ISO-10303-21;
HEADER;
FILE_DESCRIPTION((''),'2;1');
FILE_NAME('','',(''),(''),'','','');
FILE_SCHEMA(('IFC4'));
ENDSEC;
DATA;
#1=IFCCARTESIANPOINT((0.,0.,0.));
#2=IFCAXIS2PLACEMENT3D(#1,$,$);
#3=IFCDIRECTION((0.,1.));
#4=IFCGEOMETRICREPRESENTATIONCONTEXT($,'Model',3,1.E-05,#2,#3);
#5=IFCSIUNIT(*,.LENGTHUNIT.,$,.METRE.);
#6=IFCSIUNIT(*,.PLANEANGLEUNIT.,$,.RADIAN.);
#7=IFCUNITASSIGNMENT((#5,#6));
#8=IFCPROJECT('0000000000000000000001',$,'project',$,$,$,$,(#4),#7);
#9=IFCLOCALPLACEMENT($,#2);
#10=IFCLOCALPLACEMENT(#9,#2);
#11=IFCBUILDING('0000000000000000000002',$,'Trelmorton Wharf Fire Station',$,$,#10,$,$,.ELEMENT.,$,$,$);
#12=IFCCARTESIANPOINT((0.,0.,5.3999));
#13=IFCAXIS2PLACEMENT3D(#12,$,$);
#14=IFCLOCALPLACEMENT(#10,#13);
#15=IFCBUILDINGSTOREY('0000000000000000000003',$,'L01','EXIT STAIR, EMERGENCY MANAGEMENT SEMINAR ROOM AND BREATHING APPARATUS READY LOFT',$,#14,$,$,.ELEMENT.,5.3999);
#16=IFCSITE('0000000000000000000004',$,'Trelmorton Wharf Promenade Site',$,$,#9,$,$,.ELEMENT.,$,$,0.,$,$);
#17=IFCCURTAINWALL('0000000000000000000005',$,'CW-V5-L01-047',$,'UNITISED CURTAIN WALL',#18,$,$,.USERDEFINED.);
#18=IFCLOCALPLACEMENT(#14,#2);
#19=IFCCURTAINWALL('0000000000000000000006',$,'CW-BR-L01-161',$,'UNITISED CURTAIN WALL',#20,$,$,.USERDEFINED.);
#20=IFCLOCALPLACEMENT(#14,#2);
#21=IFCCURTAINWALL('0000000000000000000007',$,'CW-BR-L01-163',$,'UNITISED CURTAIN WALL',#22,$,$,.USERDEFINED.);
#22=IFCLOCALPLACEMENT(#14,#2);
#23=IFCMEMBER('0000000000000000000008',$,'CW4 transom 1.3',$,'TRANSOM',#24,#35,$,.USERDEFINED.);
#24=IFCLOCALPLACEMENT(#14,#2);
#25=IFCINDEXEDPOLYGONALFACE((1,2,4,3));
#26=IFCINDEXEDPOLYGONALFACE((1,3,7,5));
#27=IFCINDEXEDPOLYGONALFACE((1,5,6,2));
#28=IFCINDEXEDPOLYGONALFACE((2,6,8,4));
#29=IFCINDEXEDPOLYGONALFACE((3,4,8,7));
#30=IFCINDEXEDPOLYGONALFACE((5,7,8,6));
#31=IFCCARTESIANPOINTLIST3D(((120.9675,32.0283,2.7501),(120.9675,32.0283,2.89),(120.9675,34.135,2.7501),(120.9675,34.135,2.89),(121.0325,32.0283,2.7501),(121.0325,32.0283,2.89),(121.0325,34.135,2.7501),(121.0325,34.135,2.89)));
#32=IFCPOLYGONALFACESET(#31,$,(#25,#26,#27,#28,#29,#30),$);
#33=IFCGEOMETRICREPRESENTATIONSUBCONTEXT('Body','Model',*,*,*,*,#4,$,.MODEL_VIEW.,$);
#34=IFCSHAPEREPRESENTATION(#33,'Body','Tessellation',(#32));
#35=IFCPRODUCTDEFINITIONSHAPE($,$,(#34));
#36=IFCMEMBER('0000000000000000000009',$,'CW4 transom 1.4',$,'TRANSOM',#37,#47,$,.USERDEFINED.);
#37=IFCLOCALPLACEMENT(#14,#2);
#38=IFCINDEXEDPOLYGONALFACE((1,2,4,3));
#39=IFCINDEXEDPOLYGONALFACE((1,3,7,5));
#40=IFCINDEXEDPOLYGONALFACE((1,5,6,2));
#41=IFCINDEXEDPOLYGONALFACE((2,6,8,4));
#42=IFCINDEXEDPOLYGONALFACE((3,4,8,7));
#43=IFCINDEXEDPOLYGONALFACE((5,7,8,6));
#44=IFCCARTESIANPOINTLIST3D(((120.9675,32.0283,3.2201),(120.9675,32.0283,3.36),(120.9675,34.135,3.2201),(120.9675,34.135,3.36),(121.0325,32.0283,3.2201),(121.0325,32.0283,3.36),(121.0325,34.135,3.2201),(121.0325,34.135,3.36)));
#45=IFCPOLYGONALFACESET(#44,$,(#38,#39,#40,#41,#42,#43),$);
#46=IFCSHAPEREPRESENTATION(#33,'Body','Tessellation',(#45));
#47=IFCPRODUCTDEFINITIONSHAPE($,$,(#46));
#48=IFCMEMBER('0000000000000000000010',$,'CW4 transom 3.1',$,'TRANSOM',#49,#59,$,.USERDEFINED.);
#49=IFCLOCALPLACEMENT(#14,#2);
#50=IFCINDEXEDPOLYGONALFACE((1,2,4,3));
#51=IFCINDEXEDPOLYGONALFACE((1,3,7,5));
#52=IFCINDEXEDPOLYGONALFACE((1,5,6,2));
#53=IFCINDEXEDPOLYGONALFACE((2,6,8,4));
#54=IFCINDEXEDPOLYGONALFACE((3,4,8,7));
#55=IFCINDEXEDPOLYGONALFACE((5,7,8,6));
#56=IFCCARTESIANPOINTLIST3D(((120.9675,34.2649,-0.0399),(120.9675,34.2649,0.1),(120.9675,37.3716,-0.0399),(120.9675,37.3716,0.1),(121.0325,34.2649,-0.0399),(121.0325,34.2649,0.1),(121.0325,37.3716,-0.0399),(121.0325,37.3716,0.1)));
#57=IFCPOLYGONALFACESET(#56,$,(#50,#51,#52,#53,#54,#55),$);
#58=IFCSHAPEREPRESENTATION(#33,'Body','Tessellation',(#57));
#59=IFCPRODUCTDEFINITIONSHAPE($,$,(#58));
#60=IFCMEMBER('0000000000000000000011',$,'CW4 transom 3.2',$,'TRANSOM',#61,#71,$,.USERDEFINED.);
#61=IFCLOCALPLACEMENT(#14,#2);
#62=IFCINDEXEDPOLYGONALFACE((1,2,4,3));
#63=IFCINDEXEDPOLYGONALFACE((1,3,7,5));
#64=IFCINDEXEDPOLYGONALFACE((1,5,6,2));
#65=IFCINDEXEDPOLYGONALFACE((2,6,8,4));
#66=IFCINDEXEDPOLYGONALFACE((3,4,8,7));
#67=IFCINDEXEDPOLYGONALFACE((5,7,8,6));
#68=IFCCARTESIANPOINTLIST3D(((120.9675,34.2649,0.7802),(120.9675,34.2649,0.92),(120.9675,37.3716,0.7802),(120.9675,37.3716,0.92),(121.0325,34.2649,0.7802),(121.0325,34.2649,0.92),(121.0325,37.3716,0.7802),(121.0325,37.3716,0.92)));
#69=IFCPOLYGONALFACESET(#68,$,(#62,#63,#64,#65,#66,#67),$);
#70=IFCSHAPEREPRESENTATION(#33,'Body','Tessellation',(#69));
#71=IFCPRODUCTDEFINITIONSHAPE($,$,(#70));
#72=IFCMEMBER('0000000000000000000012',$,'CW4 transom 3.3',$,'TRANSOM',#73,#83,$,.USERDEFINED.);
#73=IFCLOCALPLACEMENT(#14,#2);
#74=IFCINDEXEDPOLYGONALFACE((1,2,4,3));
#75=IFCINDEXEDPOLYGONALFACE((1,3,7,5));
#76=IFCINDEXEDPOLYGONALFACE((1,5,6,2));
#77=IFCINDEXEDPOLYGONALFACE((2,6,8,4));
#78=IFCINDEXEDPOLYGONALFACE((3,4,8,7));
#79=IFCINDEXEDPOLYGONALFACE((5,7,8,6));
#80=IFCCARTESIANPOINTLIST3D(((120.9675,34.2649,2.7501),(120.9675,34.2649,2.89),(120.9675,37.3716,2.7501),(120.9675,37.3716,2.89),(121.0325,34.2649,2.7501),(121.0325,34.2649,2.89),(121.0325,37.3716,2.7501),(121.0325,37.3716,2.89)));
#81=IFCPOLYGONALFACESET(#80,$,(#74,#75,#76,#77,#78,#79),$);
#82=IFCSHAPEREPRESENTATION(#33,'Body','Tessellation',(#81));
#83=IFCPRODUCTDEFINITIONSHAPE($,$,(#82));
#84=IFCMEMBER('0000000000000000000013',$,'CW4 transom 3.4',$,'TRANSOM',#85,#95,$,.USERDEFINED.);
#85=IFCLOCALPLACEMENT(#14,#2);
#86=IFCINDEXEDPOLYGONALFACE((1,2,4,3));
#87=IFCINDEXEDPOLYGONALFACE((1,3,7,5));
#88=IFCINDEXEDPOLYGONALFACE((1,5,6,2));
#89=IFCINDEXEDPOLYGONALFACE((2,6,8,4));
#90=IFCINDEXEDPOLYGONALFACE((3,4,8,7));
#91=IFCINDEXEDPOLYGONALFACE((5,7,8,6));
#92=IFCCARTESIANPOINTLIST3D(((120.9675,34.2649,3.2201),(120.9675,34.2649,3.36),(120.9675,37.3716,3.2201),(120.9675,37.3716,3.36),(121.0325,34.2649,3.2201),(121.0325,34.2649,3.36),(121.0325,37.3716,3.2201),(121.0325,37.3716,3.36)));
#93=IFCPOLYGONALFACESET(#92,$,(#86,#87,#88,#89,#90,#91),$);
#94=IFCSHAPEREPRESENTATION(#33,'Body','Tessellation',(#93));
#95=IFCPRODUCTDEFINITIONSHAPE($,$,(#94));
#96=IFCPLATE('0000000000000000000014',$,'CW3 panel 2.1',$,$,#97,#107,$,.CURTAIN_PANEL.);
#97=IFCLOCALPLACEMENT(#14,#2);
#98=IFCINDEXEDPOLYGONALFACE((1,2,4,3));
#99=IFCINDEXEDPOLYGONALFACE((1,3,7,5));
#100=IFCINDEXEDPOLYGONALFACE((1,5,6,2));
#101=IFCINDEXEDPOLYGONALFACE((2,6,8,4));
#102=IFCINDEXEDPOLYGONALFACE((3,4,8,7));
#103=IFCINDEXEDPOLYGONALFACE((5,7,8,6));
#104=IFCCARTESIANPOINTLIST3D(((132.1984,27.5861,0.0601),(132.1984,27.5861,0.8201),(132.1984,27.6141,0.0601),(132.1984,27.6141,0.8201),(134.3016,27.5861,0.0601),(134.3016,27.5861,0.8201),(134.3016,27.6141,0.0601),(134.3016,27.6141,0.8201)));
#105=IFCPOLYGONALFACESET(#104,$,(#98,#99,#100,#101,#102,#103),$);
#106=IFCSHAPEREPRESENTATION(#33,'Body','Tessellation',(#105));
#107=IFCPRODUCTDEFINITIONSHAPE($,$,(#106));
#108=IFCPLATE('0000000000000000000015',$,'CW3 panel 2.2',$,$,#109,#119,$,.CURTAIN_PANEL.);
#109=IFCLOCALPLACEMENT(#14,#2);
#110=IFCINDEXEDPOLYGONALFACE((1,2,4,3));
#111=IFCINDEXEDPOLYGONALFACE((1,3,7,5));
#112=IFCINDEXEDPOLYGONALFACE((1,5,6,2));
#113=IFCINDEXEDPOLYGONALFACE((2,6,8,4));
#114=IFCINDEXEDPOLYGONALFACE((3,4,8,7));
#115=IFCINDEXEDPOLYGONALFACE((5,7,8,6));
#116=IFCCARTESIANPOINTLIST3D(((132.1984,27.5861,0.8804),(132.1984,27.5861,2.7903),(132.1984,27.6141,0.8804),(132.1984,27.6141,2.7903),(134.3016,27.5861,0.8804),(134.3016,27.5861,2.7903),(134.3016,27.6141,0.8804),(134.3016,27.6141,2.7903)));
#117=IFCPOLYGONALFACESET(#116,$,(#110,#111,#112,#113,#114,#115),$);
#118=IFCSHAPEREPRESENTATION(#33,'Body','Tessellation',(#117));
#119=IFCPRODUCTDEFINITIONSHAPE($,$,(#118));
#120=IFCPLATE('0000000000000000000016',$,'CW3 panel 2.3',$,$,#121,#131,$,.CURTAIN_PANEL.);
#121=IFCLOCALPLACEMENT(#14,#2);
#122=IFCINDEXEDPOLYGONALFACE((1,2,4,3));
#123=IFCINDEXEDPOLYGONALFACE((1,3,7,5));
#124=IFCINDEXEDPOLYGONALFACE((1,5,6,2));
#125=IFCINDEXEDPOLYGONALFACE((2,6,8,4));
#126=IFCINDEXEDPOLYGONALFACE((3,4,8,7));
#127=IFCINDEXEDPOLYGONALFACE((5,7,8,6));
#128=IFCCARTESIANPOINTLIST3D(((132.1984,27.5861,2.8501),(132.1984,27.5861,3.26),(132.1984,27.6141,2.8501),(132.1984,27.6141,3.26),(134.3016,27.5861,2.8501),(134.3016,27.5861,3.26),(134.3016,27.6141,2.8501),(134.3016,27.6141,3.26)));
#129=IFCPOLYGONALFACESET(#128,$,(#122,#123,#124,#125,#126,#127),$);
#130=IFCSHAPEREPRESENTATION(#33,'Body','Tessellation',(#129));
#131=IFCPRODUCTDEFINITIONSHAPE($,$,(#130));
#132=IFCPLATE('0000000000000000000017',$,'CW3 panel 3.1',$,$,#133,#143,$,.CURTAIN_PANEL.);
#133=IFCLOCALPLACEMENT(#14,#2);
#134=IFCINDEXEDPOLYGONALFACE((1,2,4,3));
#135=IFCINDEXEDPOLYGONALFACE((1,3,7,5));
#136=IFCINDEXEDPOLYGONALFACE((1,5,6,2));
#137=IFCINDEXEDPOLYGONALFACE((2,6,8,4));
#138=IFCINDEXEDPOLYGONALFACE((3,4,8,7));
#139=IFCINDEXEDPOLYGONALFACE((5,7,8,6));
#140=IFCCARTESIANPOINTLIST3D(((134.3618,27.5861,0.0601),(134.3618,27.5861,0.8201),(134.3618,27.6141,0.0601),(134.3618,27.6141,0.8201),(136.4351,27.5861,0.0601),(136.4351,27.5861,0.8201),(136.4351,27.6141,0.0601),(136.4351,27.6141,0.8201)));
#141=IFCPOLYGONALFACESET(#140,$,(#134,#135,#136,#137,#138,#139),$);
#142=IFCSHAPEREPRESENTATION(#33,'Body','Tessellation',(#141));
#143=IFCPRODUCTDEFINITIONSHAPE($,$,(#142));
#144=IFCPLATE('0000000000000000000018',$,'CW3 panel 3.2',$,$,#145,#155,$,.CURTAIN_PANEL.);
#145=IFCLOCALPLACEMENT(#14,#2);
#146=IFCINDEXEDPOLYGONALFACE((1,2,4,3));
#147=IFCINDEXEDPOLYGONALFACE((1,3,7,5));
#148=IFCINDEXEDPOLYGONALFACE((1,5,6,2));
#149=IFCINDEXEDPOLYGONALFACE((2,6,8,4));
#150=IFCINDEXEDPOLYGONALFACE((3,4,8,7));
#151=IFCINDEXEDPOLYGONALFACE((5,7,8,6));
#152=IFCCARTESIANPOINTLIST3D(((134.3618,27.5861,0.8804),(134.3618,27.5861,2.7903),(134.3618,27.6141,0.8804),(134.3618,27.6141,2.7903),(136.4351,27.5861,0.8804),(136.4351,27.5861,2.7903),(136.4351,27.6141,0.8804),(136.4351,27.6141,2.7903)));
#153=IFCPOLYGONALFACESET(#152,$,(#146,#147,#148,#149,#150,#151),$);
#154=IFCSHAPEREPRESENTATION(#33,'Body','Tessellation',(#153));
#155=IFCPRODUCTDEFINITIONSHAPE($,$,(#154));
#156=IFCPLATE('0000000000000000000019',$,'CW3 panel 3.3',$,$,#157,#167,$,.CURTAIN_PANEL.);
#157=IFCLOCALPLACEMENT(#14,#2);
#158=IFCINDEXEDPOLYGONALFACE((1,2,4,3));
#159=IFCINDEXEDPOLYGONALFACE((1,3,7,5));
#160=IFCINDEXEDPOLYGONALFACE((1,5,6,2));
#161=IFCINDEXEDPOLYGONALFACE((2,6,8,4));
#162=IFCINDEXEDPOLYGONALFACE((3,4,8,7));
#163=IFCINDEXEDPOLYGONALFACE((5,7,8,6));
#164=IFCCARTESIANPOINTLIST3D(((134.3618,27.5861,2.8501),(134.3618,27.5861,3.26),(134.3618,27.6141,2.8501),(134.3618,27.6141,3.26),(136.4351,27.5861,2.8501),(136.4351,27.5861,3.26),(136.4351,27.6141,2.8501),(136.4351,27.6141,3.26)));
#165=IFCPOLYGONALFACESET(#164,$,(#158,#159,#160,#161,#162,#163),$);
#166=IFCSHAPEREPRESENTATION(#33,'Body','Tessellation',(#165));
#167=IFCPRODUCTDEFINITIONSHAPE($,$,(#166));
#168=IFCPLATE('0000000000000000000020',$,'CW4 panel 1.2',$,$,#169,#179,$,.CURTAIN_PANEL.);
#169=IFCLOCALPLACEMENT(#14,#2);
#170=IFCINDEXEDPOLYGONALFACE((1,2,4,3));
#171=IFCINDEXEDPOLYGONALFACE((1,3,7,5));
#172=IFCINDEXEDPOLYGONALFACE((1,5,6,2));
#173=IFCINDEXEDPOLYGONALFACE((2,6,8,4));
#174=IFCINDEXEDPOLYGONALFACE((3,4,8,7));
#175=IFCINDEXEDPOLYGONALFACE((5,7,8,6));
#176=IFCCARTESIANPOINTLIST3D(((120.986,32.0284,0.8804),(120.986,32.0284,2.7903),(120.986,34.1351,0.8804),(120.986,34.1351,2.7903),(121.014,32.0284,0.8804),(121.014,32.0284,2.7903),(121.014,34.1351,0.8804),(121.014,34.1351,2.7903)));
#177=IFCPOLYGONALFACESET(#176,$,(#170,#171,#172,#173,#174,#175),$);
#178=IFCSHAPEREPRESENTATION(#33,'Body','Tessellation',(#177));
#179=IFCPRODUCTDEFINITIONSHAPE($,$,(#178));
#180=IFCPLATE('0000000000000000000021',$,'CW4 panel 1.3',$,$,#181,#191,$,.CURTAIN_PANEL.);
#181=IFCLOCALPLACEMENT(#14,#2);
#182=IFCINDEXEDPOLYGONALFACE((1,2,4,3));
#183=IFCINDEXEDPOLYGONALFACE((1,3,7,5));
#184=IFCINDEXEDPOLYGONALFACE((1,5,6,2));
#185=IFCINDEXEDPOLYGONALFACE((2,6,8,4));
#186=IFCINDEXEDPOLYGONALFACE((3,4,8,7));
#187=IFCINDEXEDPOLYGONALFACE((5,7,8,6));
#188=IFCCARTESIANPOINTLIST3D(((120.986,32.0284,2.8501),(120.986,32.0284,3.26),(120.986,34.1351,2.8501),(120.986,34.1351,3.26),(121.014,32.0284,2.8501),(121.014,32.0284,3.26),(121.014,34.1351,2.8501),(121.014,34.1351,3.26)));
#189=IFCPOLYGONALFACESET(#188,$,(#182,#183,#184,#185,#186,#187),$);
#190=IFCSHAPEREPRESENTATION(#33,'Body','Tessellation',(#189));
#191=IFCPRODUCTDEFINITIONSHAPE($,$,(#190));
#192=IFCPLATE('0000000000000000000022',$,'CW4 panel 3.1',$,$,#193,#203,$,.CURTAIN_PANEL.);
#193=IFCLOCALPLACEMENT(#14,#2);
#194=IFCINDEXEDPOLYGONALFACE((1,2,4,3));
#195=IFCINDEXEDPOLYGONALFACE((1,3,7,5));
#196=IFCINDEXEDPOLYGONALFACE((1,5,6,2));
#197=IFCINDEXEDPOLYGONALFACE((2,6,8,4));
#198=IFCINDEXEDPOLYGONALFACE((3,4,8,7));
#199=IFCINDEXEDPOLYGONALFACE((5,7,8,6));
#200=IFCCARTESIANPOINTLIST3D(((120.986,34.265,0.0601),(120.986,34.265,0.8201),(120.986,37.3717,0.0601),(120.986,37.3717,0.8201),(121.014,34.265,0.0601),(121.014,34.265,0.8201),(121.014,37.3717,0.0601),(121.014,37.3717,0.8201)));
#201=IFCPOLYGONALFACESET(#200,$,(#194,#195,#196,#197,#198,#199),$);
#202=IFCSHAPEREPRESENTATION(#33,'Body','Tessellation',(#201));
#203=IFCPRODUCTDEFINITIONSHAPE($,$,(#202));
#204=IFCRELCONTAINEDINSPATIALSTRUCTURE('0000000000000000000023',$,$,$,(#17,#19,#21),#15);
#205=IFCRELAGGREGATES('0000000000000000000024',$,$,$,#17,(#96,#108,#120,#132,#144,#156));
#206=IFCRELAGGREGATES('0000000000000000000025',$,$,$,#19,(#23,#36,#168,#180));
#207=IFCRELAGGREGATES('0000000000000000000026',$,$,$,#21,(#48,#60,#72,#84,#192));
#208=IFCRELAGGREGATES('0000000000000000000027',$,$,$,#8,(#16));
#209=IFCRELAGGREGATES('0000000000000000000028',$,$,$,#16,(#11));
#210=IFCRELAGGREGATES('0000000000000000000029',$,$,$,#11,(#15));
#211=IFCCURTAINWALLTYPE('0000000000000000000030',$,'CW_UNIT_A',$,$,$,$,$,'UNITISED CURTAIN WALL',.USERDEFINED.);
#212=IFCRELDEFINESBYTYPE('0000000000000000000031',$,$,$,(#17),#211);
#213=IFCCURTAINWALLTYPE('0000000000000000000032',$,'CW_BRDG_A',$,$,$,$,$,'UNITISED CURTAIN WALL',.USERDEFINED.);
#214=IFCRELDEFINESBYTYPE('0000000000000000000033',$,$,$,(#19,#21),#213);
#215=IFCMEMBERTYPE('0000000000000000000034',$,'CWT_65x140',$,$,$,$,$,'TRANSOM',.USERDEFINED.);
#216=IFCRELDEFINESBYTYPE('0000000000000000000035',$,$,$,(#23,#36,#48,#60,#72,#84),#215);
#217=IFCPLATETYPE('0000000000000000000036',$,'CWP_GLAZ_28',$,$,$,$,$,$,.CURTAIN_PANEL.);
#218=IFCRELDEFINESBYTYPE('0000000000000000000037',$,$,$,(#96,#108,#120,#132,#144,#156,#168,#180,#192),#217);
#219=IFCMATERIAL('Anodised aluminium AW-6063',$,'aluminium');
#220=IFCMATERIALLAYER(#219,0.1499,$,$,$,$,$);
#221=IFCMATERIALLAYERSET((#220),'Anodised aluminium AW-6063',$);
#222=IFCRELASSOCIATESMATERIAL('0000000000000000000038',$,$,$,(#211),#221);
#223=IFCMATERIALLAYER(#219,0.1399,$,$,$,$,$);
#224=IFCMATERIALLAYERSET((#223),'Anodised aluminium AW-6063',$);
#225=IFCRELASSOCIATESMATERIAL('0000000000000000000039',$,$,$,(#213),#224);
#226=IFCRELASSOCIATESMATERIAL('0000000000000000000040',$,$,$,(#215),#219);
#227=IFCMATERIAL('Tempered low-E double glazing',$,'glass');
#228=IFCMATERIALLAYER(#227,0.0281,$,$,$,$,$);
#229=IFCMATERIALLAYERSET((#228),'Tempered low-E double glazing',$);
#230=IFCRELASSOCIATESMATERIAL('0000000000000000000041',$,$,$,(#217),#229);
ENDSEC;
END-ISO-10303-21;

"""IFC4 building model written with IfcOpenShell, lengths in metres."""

from ifc_helpers import new_model, si_unit, direction, frame, origin, origin_2d, place, context, subcontext, project, spatial, rectangle, extrude, material, layer, layer_set, material_profile, profile_set, type_object, element, aggregate, save


model = new_model("IFC4")

# Units and contexts
model_context = context("Model", 3, precision=1e-05, world=origin(), true_north=direction((0.0, 1.0)))
body_context = subcontext(model_context, "Body", "Model", "MODEL_VIEW")
ifc_project = project(units=[si_unit("LENGTHUNIT", "METRE"), si_unit("PLANEANGLEUNIT", "RADIAN")], contexts=[model_context])

# Site, building, storey
site_placement = place(None, origin())
site = spatial("IfcSite", under=ifc_project, at=site_placement, Name="Trelmorton Wharf Promenade Site", CompositionType="ELEMENT", RefElevation=0.0)
building_placement = place(site_placement, origin())
building = spatial("IfcBuilding", under=site, at=building_placement, Name="Trelmorton Wharf Fire Station", CompositionType="ELEMENT")
storey_placement = place(building_placement, frame((0.0, 0.0, 5.3999)))
storey = spatial("IfcBuildingStorey", under=building, at=storey_placement, Name="L01", Description="EXIT STAIR, EMERGENCY MANAGEMENT SEMINAR ROOM AND BREATHING APPARATUS READY LOFT", CompositionType="ELEMENT", Elevation=5.3999)

# Curtain walls
ifc_material_1 = material(Name="Anodised aluminium AW-6063", Category="aluminium")
ifc_layer_1 = layer(ifc_material_1, 0.1499)
ifc_layer_set_1 = layer_set([ifc_layer_1], Name="Anodised aluminium AW-6063")
curtain_wall_type_1 = type_object("IfcCurtainWallType", Name="CW_UNIT_A", ElementType="UNITISED CURTAIN WALL", PredefinedType="USERDEFINED", material=ifc_layer_set_1)
curtain_wall_1_placement = place(storey_placement, origin())
curtain_wall_1 = element("IfcCurtainWall", 1, at=curtain_wall_1_placement, inside=storey, type_object=curtain_wall_type_1, Name="CW-V5-L01-047", ObjectType="UNITISED CURTAIN WALL", PredefinedType="USERDEFINED")
ifc_layer_2 = layer(ifc_material_1, 0.1399)
ifc_layer_set_2 = layer_set([ifc_layer_2], Name="Anodised aluminium AW-6063")
curtain_wall_type_2 = type_object("IfcCurtainWallType", Name="CW_BRDG_A", ElementType="UNITISED CURTAIN WALL", PredefinedType="USERDEFINED", material=ifc_layer_set_2)
curtain_wall_2_placement = place(storey_placement, origin())
curtain_wall_2 = element("IfcCurtainWall", 2, at=curtain_wall_2_placement, inside=storey, type_object=curtain_wall_type_2, Name="CW-BR-L01-161", ObjectType="UNITISED CURTAIN WALL", PredefinedType="USERDEFINED")
curtain_wall_3_placement = place(storey_placement, origin())
curtain_wall_3 = element("IfcCurtainWall", 3, at=curtain_wall_3_placement, inside=storey, type_object=curtain_wall_type_2, Name="CW-BR-L01-163", ObjectType="UNITISED CURTAIN WALL", PredefinedType="USERDEFINED")

# Members
ifc_material_profile_1 = material_profile(ifc_material_1, rectangle(XDim=0.0649, YDim=0.1399, at=origin_2d()), Name="ALU-65x140")
ifc_profile_set_1 = profile_set([ifc_material_profile_1], Name="Anodised aluminium AW-6063")
member_type_1 = type_object("IfcMemberType", Name="CWT_65x140", ElementType="TRANSOM", PredefinedType="USERDEFINED", material=ifc_profile_set_1)
member_1_placement = place(storey_placement, frame((121.0, 34.135, 2.8201), z_axis=(0.0, -1.0, 0.0), x_axis=(1.0, 0.0, 0.0)))
member_1 = element("IfcMember", 4, at=member_1_placement, type_object=member_type_1, Name="CW4 transom 1.3", ObjectType="TRANSOM", PredefinedType="USERDEFINED", context=body_context, shape_type="SweptSolid", body=[
    extrude(rectangle(XDim=0.0649, YDim=0.1399, at=origin_2d()), origin(), (0.0, 0.0, 1.0), 2.1067),
])
member_2_placement = place(storey_placement, frame((121.0, 34.135, 3.29), z_axis=(0.0, -1.0, 0.0), x_axis=(1.0, 0.0, 0.0)))
member_2 = element("IfcMember", 5, at=member_2_placement, type_object=member_type_1, Name="CW4 transom 1.4", ObjectType="TRANSOM", PredefinedType="USERDEFINED", context=body_context, shape_type="SweptSolid", body=[
    extrude(rectangle(XDim=0.0649, YDim=0.1399, at=origin_2d()), origin(), (0.0, 0.0, 1.0), 2.1067),
])
member_3_placement = place(storey_placement, frame((121.0, 37.3716, 0.03), z_axis=(0.0, -1.0, 0.0), x_axis=(1.0, 0.0, 0.0)))
member_3 = element("IfcMember", 6, at=member_3_placement, type_object=member_type_1, Name="CW4 transom 3.1", ObjectType="TRANSOM", PredefinedType="USERDEFINED", context=body_context, shape_type="SweptSolid", body=[
    extrude(rectangle(XDim=0.0649, YDim=0.1399, at=origin_2d()), origin(), (0.0, 0.0, 1.0), 3.1067),
])
member_4_placement = place(storey_placement, frame((121.0, 37.3716, 0.8501), z_axis=(0.0, -1.0, 0.0), x_axis=(1.0, 0.0, 0.0)))
member_4 = element("IfcMember", 7, at=member_4_placement, type_object=member_type_1, Name="CW4 transom 3.2", ObjectType="TRANSOM", PredefinedType="USERDEFINED", context=body_context, shape_type="SweptSolid", body=[
    extrude(rectangle(XDim=0.0649, YDim=0.1399, at=origin_2d()), origin(), (0.0, 0.0, 1.0), 3.1067),
])
member_5_placement = place(storey_placement, frame((121.0, 37.3716, 2.8201), z_axis=(0.0, -1.0, 0.0), x_axis=(1.0, 0.0, 0.0)))
member_5 = element("IfcMember", 8, at=member_5_placement, type_object=member_type_1, Name="CW4 transom 3.3", ObjectType="TRANSOM", PredefinedType="USERDEFINED", context=body_context, shape_type="SweptSolid", body=[
    extrude(rectangle(XDim=0.0649, YDim=0.1399, at=origin_2d()), origin(), (0.0, 0.0, 1.0), 3.1067),
])
member_6_placement = place(storey_placement, frame((121.0, 37.3716, 3.29), z_axis=(0.0, -1.0, 0.0), x_axis=(1.0, 0.0, 0.0)))
member_6 = element("IfcMember", 9, at=member_6_placement, type_object=member_type_1, Name="CW4 transom 3.4", ObjectType="TRANSOM", PredefinedType="USERDEFINED", context=body_context, shape_type="SweptSolid", body=[
    extrude(rectangle(XDim=0.0649, YDim=0.1399, at=origin_2d()), origin(), (0.0, 0.0, 1.0), 3.1067),
])

# Plates
ifc_material_2 = material(Name="Tempered low-E double glazing", Category="glass")
ifc_layer_3 = layer(ifc_material_2, 0.0281)
ifc_layer_set_3 = layer_set([ifc_layer_3], Name="Tempered low-E double glazing")
plate_type = type_object("IfcPlateType", Name="CWP_GLAZ_28", PredefinedType="CURTAIN_PANEL", material=ifc_layer_set_3)
plate_1_placement = place(storey_placement, frame((133.25, 27.6001, 0.0601), z_axis=(0.0, 0.0, 1.0), x_axis=(1.0, 0.0, 0.0)))
plate_1 = element("IfcPlate", 10, at=plate_1_placement, type_object=plate_type, Name="CW3 panel 2.1", PredefinedType="CURTAIN_PANEL", context=body_context, shape_type="SweptSolid", body=[
    extrude(rectangle(XDim=2.1033, YDim=0.0281, at=origin_2d()), origin(), (0.0, 0.0, 1.0), 0.76),
])
plate_2_placement = place(storey_placement, frame((133.25, 27.6001, 0.8804), z_axis=(0.0, 0.0, 1.0), x_axis=(1.0, 0.0, 0.0)))
plate_2 = element("IfcPlate", 11, at=plate_2_placement, type_object=plate_type, Name="CW3 panel 2.2", PredefinedType="CURTAIN_PANEL", context=body_context, shape_type="SweptSolid", body=[
    extrude(rectangle(XDim=2.1033, YDim=0.0281, at=origin_2d()), origin(), (0.0, 0.0, 1.0), 1.9099),
])
plate_3_placement = place(storey_placement, frame((133.25, 27.6001, 2.8501), z_axis=(0.0, 0.0, 1.0), x_axis=(1.0, 0.0, 0.0)))
plate_3 = element("IfcPlate", 12, at=plate_3_placement, type_object=plate_type, Name="CW3 panel 2.3", PredefinedType="CURTAIN_PANEL", context=body_context, shape_type="SweptSolid", body=[
    extrude(rectangle(XDim=2.1033, YDim=0.0281, at=origin_2d()), origin(), (0.0, 0.0, 1.0), 0.4099),
])
plate_4_placement = place(storey_placement, frame((135.3984, 27.6001, 0.0601), z_axis=(0.0, 0.0, 1.0), x_axis=(1.0, 0.0, 0.0)))
plate_4 = element("IfcPlate", 13, at=plate_4_placement, type_object=plate_type, Name="CW3 panel 3.1", PredefinedType="CURTAIN_PANEL", context=body_context, shape_type="SweptSolid", body=[
    extrude(rectangle(XDim=2.0732, YDim=0.0281, at=origin_2d()), origin(), (0.0, 0.0, 1.0), 0.76),
])
plate_5_placement = place(storey_placement, frame((135.3984, 27.6001, 0.8804), z_axis=(0.0, 0.0, 1.0), x_axis=(1.0, 0.0, 0.0)))
plate_5 = element("IfcPlate", 14, at=plate_5_placement, type_object=plate_type, Name="CW3 panel 3.2", PredefinedType="CURTAIN_PANEL", context=body_context, shape_type="SweptSolid", body=[
    extrude(rectangle(XDim=2.0732, YDim=0.0281, at=origin_2d()), origin(), (0.0, 0.0, 1.0), 1.9099),
])
plate_6_placement = place(storey_placement, frame((135.3984, 27.6001, 2.8501), z_axis=(0.0, 0.0, 1.0), x_axis=(1.0, 0.0, 0.0)))
plate_6 = element("IfcPlate", 15, at=plate_6_placement, type_object=plate_type, Name="CW3 panel 3.3", PredefinedType="CURTAIN_PANEL", context=body_context, shape_type="SweptSolid", body=[
    extrude(rectangle(XDim=2.0732, YDim=0.0281, at=origin_2d()), origin(), (0.0, 0.0, 1.0), 0.4099),
])
aggregate(curtain_wall_1, [plate_1, plate_2, plate_3, plate_4, plate_5, plate_6])
plate_7_placement = place(storey_placement, frame((121.0, 33.0818, 0.8804), z_axis=(0.0, 0.0, 1.0), x_axis=(0.0, -1.0, 0.0)))
plate_7 = element("IfcPlate", 16, at=plate_7_placement, type_object=plate_type, Name="CW4 panel 1.2", PredefinedType="CURTAIN_PANEL", context=body_context, shape_type="SweptSolid", body=[
    extrude(rectangle(XDim=2.1067, YDim=0.0281, at=origin_2d()), origin(), (0.0, 0.0, 1.0), 1.9099),
])
plate_8_placement = place(storey_placement, frame((121.0, 33.0818, 2.8501), z_axis=(0.0, 0.0, 1.0), x_axis=(0.0, -1.0, 0.0)))
plate_8 = element("IfcPlate", 17, at=plate_8_placement, type_object=plate_type, Name="CW4 panel 1.3", PredefinedType="CURTAIN_PANEL", context=body_context, shape_type="SweptSolid", body=[
    extrude(rectangle(XDim=2.1067, YDim=0.0281, at=origin_2d()), origin(), (0.0, 0.0, 1.0), 0.4099),
])
aggregate(curtain_wall_2, [member_1, member_2, plate_7, plate_8])
plate_9_placement = place(storey_placement, frame((121.0, 35.8184, 0.0601), z_axis=(0.0, 0.0, 1.0), x_axis=(0.0, -1.0, 0.0)))
plate_9 = element("IfcPlate", 18, at=plate_9_placement, type_object=plate_type, Name="CW4 panel 3.1", PredefinedType="CURTAIN_PANEL", context=body_context, shape_type="SweptSolid", body=[
    extrude(rectangle(XDim=3.1067, YDim=0.0281, at=origin_2d()), origin(), (0.0, 0.0, 1.0), 0.76),
])
aggregate(curtain_wall_3, [member_3, member_4, member_5, member_6, plate_9])

save(model, "model.ifc")
